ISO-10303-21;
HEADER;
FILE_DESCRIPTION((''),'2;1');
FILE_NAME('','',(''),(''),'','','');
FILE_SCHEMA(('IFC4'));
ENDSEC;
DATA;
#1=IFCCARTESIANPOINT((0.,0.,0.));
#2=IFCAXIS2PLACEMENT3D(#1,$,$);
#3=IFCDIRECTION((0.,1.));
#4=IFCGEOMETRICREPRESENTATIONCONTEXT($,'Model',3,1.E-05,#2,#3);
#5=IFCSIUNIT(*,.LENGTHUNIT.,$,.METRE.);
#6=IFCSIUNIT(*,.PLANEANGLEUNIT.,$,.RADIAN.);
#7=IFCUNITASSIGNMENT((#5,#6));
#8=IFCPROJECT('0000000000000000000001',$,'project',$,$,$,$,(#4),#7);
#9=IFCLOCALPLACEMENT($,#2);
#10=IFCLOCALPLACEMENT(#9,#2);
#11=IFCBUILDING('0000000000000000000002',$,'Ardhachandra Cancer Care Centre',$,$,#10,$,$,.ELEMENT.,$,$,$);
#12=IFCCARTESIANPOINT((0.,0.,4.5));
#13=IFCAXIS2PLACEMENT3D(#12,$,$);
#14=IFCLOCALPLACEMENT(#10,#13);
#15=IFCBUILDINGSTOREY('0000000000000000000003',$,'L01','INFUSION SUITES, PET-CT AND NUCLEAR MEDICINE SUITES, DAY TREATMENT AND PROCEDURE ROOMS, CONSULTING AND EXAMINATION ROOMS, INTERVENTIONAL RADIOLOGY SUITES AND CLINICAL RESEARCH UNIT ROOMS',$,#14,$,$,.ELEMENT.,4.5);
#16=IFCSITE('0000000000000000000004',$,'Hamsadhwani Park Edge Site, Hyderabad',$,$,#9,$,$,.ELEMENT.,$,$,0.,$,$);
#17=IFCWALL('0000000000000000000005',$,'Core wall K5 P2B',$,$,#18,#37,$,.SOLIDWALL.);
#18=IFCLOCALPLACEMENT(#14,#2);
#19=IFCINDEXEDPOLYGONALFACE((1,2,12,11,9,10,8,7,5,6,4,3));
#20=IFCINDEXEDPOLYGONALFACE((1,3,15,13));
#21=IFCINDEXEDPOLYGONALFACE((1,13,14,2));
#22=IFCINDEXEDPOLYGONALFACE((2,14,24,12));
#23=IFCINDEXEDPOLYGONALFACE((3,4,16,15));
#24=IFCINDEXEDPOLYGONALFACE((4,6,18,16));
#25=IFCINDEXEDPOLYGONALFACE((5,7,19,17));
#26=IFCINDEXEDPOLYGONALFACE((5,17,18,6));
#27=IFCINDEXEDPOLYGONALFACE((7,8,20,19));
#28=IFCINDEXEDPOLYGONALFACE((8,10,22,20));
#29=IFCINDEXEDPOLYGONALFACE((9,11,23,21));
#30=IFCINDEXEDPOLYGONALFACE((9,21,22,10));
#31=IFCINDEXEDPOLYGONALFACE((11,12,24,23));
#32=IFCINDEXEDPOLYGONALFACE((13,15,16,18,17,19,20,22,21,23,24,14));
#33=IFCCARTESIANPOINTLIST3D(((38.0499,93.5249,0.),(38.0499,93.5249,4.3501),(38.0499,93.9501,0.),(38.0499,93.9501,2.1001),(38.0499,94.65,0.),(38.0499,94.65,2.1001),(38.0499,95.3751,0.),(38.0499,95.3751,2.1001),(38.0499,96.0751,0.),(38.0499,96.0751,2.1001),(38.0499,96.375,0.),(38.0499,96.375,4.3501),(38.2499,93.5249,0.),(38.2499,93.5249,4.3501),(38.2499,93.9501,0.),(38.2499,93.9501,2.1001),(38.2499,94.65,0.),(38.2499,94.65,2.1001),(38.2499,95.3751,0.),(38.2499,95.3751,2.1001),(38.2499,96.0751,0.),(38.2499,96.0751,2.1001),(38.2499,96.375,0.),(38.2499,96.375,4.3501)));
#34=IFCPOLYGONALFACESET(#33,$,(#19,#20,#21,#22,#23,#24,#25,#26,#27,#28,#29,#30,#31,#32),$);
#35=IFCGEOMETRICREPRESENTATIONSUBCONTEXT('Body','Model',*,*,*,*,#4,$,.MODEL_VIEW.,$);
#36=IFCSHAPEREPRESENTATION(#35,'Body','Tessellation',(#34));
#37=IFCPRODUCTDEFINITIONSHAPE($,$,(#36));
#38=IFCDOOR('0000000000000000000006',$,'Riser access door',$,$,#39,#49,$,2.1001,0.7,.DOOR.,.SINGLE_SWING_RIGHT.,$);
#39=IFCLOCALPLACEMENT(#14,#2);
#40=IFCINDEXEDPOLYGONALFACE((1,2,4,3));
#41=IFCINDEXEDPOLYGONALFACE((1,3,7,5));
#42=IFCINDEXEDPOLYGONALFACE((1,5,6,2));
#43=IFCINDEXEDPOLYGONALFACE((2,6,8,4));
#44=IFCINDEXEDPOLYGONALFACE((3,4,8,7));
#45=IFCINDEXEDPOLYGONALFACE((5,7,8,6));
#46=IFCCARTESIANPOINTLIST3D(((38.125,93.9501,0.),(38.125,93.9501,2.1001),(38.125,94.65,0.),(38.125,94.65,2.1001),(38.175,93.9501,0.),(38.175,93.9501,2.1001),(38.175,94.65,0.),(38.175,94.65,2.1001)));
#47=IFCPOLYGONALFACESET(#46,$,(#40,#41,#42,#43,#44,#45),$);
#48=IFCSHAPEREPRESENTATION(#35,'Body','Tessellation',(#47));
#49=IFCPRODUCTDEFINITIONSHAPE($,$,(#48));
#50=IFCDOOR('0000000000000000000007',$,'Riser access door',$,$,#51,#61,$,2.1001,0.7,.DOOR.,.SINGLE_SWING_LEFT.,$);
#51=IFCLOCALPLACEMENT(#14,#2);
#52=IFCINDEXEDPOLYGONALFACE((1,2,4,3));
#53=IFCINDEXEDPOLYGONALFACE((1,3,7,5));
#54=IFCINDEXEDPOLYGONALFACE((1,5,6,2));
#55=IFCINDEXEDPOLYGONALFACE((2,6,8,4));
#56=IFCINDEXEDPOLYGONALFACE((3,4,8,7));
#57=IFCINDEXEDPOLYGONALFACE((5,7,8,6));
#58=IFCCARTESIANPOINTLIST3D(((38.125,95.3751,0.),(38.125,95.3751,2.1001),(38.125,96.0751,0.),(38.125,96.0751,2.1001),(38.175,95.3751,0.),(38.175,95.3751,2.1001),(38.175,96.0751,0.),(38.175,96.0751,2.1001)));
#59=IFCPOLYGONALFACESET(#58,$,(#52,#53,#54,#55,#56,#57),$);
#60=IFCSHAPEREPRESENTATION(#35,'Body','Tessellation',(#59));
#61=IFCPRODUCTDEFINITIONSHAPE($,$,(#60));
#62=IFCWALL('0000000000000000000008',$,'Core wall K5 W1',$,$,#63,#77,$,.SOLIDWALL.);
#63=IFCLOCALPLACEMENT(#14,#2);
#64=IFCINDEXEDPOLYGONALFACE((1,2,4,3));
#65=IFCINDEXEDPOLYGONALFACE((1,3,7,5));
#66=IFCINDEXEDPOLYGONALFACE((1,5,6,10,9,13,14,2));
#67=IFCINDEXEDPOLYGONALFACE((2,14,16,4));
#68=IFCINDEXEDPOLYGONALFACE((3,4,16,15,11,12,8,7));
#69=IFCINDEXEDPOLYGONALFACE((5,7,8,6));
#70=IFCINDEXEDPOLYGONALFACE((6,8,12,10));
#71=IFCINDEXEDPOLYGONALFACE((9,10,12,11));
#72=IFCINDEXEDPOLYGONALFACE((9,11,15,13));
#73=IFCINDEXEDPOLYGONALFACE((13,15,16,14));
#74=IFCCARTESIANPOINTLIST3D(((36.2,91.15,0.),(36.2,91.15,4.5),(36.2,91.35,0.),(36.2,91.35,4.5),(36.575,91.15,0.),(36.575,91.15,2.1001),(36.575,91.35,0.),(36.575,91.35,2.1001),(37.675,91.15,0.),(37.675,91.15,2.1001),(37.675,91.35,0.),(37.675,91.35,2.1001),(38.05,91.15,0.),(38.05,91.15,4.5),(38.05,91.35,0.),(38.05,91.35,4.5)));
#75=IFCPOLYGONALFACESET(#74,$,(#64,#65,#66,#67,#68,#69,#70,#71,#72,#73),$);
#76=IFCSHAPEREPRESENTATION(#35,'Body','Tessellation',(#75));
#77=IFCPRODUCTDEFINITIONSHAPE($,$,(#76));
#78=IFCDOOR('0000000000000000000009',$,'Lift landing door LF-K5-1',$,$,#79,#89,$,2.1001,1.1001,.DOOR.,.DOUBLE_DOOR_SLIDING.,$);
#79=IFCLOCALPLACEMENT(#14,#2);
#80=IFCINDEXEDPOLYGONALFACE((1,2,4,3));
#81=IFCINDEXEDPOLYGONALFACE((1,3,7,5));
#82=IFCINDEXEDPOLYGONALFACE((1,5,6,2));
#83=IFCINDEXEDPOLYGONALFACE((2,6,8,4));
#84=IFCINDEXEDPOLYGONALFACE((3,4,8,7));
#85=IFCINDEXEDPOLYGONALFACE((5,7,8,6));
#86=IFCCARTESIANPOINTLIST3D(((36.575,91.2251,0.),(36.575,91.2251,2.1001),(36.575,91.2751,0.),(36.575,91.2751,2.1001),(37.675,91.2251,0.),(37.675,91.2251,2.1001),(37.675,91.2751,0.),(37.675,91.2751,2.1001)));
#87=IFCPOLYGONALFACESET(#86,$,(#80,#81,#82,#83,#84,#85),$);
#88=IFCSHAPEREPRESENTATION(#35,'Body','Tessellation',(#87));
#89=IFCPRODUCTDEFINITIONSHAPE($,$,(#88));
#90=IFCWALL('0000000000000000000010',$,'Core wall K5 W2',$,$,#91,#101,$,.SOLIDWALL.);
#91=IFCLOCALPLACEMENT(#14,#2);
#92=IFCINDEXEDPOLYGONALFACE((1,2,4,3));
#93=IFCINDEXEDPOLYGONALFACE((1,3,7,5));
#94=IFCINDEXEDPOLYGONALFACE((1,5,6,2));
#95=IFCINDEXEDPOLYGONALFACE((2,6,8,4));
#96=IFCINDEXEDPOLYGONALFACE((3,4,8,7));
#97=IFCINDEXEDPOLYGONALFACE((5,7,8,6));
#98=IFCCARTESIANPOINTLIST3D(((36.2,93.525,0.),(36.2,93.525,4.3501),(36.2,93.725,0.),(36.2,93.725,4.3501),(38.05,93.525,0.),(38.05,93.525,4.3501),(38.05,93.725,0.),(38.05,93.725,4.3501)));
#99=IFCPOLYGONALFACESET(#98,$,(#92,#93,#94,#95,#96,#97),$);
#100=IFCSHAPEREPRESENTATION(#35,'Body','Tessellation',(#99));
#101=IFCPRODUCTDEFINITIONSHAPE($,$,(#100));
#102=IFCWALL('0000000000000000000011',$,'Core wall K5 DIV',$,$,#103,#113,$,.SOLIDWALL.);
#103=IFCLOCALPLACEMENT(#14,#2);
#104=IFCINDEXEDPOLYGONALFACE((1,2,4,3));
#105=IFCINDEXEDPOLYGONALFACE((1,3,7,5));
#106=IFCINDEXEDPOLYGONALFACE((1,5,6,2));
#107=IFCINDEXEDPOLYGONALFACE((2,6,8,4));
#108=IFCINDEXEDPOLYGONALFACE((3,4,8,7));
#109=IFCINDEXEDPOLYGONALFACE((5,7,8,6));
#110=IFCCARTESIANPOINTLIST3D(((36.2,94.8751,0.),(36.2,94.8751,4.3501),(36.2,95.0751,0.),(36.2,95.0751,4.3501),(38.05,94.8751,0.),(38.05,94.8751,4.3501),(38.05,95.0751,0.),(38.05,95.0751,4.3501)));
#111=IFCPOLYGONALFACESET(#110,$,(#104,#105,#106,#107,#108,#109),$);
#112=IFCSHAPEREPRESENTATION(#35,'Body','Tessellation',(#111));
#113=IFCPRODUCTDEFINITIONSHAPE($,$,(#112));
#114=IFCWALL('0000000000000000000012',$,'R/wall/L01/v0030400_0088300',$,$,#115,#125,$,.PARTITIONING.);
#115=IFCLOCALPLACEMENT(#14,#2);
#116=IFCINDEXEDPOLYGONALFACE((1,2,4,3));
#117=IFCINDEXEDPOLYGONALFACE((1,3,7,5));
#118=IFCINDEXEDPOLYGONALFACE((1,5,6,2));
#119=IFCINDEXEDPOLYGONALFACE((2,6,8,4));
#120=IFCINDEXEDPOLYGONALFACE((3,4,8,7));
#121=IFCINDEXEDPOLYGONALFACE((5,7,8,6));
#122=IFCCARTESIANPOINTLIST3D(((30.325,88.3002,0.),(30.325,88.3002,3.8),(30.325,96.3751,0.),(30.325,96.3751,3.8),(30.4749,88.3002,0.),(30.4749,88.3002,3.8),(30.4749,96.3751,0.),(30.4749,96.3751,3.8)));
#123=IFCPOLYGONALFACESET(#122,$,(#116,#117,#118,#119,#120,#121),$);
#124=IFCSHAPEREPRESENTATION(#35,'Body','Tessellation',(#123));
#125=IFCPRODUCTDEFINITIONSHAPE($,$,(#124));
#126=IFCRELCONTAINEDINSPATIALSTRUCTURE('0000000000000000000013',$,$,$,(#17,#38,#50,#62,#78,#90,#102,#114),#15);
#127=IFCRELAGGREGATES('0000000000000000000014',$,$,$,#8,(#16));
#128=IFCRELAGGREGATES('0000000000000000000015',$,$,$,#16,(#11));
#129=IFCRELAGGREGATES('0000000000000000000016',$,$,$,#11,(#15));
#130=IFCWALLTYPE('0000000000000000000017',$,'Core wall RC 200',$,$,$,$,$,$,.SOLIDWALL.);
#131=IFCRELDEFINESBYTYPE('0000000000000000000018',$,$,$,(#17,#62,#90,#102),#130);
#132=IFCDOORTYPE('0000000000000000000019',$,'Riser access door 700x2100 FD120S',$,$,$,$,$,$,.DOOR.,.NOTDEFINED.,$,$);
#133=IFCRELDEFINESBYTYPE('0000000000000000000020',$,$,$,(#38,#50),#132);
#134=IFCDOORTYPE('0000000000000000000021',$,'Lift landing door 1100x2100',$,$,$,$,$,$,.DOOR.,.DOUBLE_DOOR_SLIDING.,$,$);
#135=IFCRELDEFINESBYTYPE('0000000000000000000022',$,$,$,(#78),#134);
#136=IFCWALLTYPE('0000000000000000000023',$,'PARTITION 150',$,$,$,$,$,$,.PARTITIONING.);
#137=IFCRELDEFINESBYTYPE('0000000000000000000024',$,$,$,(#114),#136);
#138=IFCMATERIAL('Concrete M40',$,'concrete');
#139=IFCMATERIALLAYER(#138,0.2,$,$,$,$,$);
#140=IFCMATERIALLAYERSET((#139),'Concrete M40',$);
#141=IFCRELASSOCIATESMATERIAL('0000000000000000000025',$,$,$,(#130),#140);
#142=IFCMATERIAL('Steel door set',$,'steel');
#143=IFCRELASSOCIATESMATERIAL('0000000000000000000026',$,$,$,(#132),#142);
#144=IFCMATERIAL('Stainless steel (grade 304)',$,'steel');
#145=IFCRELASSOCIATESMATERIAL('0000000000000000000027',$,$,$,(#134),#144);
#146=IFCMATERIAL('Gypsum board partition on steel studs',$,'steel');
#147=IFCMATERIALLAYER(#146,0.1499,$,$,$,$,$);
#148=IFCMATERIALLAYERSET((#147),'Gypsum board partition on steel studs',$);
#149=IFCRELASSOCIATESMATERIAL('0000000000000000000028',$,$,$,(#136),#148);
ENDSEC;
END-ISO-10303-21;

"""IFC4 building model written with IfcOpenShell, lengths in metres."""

from ifc_helpers import new_model, si_unit, direction, frame, frame_2d, origin, place, context, subcontext, project, spatial, rectangle, extrude, material, layer, layer_set, type_object, element, fill, save


model = new_model("IFC4")

# Units and contexts
model_context = context("Model", 3, precision=1e-05, world=origin(), true_north=direction((0.0, 1.0)))
body_context = subcontext(model_context, "Body", "Model", "MODEL_VIEW")
ifc_project = project(units=[si_unit("LENGTHUNIT", "METRE"), si_unit("PLANEANGLEUNIT", "RADIAN")], contexts=[model_context])

# Site, building, storey
site_placement = place(None, origin())
site = spatial("IfcSite", under=ifc_project, at=site_placement, Name="Hamsadhwani Park Edge Site, Hyderabad", CompositionType="ELEMENT", RefElevation=0.0)
building_placement = place(site_placement, origin())
building = spatial("IfcBuilding", under=site, at=building_placement, Name="Ardhachandra Cancer Care Centre", CompositionType="ELEMENT")
storey_placement = place(building_placement, frame((0.0, 0.0, 4.5)))
storey = spatial("IfcBuildingStorey", under=building, at=storey_placement, Name="L01", Description="INFUSION SUITES, PET-CT AND NUCLEAR MEDICINE SUITES, DAY TREATMENT AND PROCEDURE ROOMS, CONSULTING AND EXAMINATION ROOMS, INTERVENTIONAL RADIOLOGY SUITES AND CLINICAL RESEARCH UNIT ROOMS", CompositionType="ELEMENT", Elevation=4.5)

# Shared definitions
ifc_material_1 = material(Name="Concrete M40", Category="concrete")
ifc_layer_1 = layer(ifc_material_1, 0.2)
ifc_layer_set_1 = layer_set([ifc_layer_1], Name="Concrete M40")
wall_type_1 = type_object("IfcWallType", Name="Core wall RC 200", PredefinedType="SOLIDWALL", material=ifc_layer_set_1)

# Wall, openings, doors
wall_1_placement = place(storey_placement, frame((38.1499, 93.5249, 0.0), z_axis=(0.0, 0.0, 1.0), x_axis=(0.0, 1.0, 0.0)))
wall_1 = element("IfcWall", 1, at=wall_1_placement, inside=storey, type_object=wall_type_1, Name="Core wall K5 P2B", PredefinedType="SOLIDWALL", context=body_context, shape_type="SweptSolid", body=[
    extrude(rectangle(XDim=2.8501, YDim=0.2, at=frame_2d((1.425, 0.0))), origin(), (0.0, 0.0, 1.0), 4.3501),
])
opening_1_placement = place(wall_1_placement, frame((0.425, 0.0, 0.0)))
opening_1 = element("IfcOpeningElement", 2, at=opening_1_placement, cuts=wall_1, PredefinedType="OPENING", context=body_context, shape_type="SweptSolid", body=[
    extrude(rectangle(XDim=0.7, YDim=2.1001, at=frame_2d((0.3501, 1.05))), frame((0.0, 0.1099, 0.0), z_axis=(0.0, -1.0, 0.0), x_axis=(1.0, 0.0, 0.0)), (0.0, 0.0, 1.0), 0.22),
])
opening_2_placement = place(wall_1_placement, frame((1.8501, 0.0, 0.0)))
opening_2 = element("IfcOpeningElement", 3, at=opening_2_placement, cuts=wall_1, PredefinedType="OPENING", context=body_context, shape_type="SweptSolid", body=[
    extrude(rectangle(XDim=0.7, YDim=2.1001, at=frame_2d((0.3501, 1.05))), frame((0.0, 0.1099, 0.0), z_axis=(0.0, -1.0, 0.0), x_axis=(1.0, 0.0, 0.0)), (0.0, 0.0, 1.0), 0.22),
])
ifc_material_2 = material(Name="Steel door set", Category="steel")
door_type_1 = type_object("IfcDoorType", Name="Riser access door 700x2100 FD120S", OperationType="NOTDEFINED", PredefinedType="DOOR", material=ifc_material_2)
door_1_placement = place(opening_1_placement, origin())
door_1 = element("IfcDoor", 4, at=door_1_placement, inside=storey, type_object=door_type_1, Name="Riser access door", OperationType="SINGLE_SWING_RIGHT", OverallHeight=2.1001, OverallWidth=0.7, PredefinedType="DOOR", context=body_context, shape_type="SweptSolid", body=[
    extrude(rectangle(XDim=0.7, YDim=2.1001, at=frame_2d((0.3501, 1.05))), frame((0.0, 0.0249, 0.0), z_axis=(0.0, -1.0, 0.0), x_axis=(1.0, 0.0, 0.0)), (0.0, 0.0, 1.0), 0.05),
])
fill(opening_1, door_1)
door_2_placement = place(opening_2_placement, origin())
door_2 = element("IfcDoor", 5, at=door_2_placement, inside=storey, type_object=door_type_1, Name="Riser access door", OperationType="SINGLE_SWING_LEFT", OverallHeight=2.1001, OverallWidth=0.7, PredefinedType="DOOR", context=body_context, shape_type="SweptSolid", body=[
    extrude(rectangle(XDim=0.7, YDim=2.1001, at=frame_2d((0.3501, 1.05))), frame((0.0, 0.0249, 0.0), z_axis=(0.0, -1.0, 0.0), x_axis=(1.0, 0.0, 0.0)), (0.0, 0.0, 1.0), 0.05),
])
fill(opening_2, door_2)

# Wall, opening, door
wall_2_placement = place(storey_placement, frame((38.05, 91.25, 0.0), z_axis=(0.0, 0.0, 1.0), x_axis=(-1.0, 0.0, 0.0)))
wall_2 = element("IfcWall", 6, at=wall_2_placement, inside=storey, type_object=wall_type_1, Name="Core wall K5 W1", PredefinedType="SOLIDWALL", context=body_context, shape_type="SweptSolid", body=[
    extrude(rectangle(XDim=1.8501, YDim=0.2, at=frame_2d((0.925, 0.0))), origin(), (0.0, 0.0, 1.0), 4.5),
])
opening_3_placement = place(wall_2_placement, frame((0.375, 0.0, 0.0)))
opening_3 = element("IfcOpeningElement", 7, at=opening_3_placement, cuts=wall_2, PredefinedType="OPENING", context=body_context, shape_type="SweptSolid", body=[
    extrude(rectangle(XDim=1.1001, YDim=2.1001, at=frame_2d((0.55, 1.05))), frame((0.0, 0.1099, 0.0), z_axis=(0.0, -1.0, 0.0), x_axis=(1.0, 0.0, 0.0)), (0.0, 0.0, 1.0), 0.22),
])
ifc_material_3 = material(Name="Stainless steel (grade 304)", Category="steel")
door_type_2 = type_object("IfcDoorType", Name="Lift landing door 1100x2100", OperationType="DOUBLE_DOOR_SLIDING", PredefinedType="DOOR", material=ifc_material_3)
door_3_placement = place(opening_3_placement, origin())
door_3 = element("IfcDoor", 8, at=door_3_placement, inside=storey, type_object=door_type_2, Name="Lift landing door LF-K5-1", OperationType="DOUBLE_DOOR_SLIDING", OverallHeight=2.1001, OverallWidth=1.1001, PredefinedType="DOOR", context=body_context, shape_type="SweptSolid", body=[
    extrude(rectangle(XDim=1.1001, YDim=2.1001, at=frame_2d((0.55, 1.05))), frame((0.0, 0.0249, 0.0), z_axis=(0.0, -1.0, 0.0), x_axis=(1.0, 0.0, 0.0)), (0.0, 0.0, 1.0), 0.05),
])
fill(opening_3, door_3)

# Walls
for number, where, z_axis, x_axis, name in (
    (9, (38.05, 93.625, 0.0), (0.0, 0.0, 1.0), (-1.0, 0.0, 0.0), "Core wall K5 W2"),
    (10, (38.05, 94.9751, 0.0), (0.0, 0.0, 1.0), (-1.0, 0.0, 0.0), "Core wall K5 DIV"),
):
    element("IfcWall", number, at=place(storey_placement, frame(where, z_axis=z_axis, x_axis=x_axis)), inside=storey, type_object=wall_type_1, Name=name, PredefinedType="SOLIDWALL", context=body_context, shape_type="SweptSolid", body=[
        extrude(rectangle(XDim=1.8501, YDim=0.2, at=frame_2d((0.925, 0.0))), origin(), (0.0, 0.0, 1.0), 4.3501),
    ])
ifc_material_4 = material(Name="Gypsum board partition on steel studs", Category="steel")
ifc_layer_2 = layer(ifc_material_4, 0.1499)
ifc_layer_set_2 = layer_set([ifc_layer_2], Name="Gypsum board partition on steel studs")
wall_type_2 = type_object("IfcWallType", Name="PARTITION 150", PredefinedType="PARTITIONING", material=ifc_layer_set_2)
wall_3_placement = place(storey_placement, frame((30.3999, 88.3, 0.0), z_axis=(0.0, 0.0, 1.0), x_axis=(0.0, 1.0, 0.0)))
element("IfcWall", 11, at=wall_3_placement, inside=storey, type_object=wall_type_2, Name="R/wall/L01/v0030400_0088300", PredefinedType="PARTITIONING", context=body_context, shape_type="SweptSolid", body=[
    extrude(rectangle(XDim=8.075, YDim=0.1499, at=frame_2d((4.0376, 0.0))), origin(), (0.0, 0.0, 1.0), 3.8),
])

save(model, "model.ifc")
